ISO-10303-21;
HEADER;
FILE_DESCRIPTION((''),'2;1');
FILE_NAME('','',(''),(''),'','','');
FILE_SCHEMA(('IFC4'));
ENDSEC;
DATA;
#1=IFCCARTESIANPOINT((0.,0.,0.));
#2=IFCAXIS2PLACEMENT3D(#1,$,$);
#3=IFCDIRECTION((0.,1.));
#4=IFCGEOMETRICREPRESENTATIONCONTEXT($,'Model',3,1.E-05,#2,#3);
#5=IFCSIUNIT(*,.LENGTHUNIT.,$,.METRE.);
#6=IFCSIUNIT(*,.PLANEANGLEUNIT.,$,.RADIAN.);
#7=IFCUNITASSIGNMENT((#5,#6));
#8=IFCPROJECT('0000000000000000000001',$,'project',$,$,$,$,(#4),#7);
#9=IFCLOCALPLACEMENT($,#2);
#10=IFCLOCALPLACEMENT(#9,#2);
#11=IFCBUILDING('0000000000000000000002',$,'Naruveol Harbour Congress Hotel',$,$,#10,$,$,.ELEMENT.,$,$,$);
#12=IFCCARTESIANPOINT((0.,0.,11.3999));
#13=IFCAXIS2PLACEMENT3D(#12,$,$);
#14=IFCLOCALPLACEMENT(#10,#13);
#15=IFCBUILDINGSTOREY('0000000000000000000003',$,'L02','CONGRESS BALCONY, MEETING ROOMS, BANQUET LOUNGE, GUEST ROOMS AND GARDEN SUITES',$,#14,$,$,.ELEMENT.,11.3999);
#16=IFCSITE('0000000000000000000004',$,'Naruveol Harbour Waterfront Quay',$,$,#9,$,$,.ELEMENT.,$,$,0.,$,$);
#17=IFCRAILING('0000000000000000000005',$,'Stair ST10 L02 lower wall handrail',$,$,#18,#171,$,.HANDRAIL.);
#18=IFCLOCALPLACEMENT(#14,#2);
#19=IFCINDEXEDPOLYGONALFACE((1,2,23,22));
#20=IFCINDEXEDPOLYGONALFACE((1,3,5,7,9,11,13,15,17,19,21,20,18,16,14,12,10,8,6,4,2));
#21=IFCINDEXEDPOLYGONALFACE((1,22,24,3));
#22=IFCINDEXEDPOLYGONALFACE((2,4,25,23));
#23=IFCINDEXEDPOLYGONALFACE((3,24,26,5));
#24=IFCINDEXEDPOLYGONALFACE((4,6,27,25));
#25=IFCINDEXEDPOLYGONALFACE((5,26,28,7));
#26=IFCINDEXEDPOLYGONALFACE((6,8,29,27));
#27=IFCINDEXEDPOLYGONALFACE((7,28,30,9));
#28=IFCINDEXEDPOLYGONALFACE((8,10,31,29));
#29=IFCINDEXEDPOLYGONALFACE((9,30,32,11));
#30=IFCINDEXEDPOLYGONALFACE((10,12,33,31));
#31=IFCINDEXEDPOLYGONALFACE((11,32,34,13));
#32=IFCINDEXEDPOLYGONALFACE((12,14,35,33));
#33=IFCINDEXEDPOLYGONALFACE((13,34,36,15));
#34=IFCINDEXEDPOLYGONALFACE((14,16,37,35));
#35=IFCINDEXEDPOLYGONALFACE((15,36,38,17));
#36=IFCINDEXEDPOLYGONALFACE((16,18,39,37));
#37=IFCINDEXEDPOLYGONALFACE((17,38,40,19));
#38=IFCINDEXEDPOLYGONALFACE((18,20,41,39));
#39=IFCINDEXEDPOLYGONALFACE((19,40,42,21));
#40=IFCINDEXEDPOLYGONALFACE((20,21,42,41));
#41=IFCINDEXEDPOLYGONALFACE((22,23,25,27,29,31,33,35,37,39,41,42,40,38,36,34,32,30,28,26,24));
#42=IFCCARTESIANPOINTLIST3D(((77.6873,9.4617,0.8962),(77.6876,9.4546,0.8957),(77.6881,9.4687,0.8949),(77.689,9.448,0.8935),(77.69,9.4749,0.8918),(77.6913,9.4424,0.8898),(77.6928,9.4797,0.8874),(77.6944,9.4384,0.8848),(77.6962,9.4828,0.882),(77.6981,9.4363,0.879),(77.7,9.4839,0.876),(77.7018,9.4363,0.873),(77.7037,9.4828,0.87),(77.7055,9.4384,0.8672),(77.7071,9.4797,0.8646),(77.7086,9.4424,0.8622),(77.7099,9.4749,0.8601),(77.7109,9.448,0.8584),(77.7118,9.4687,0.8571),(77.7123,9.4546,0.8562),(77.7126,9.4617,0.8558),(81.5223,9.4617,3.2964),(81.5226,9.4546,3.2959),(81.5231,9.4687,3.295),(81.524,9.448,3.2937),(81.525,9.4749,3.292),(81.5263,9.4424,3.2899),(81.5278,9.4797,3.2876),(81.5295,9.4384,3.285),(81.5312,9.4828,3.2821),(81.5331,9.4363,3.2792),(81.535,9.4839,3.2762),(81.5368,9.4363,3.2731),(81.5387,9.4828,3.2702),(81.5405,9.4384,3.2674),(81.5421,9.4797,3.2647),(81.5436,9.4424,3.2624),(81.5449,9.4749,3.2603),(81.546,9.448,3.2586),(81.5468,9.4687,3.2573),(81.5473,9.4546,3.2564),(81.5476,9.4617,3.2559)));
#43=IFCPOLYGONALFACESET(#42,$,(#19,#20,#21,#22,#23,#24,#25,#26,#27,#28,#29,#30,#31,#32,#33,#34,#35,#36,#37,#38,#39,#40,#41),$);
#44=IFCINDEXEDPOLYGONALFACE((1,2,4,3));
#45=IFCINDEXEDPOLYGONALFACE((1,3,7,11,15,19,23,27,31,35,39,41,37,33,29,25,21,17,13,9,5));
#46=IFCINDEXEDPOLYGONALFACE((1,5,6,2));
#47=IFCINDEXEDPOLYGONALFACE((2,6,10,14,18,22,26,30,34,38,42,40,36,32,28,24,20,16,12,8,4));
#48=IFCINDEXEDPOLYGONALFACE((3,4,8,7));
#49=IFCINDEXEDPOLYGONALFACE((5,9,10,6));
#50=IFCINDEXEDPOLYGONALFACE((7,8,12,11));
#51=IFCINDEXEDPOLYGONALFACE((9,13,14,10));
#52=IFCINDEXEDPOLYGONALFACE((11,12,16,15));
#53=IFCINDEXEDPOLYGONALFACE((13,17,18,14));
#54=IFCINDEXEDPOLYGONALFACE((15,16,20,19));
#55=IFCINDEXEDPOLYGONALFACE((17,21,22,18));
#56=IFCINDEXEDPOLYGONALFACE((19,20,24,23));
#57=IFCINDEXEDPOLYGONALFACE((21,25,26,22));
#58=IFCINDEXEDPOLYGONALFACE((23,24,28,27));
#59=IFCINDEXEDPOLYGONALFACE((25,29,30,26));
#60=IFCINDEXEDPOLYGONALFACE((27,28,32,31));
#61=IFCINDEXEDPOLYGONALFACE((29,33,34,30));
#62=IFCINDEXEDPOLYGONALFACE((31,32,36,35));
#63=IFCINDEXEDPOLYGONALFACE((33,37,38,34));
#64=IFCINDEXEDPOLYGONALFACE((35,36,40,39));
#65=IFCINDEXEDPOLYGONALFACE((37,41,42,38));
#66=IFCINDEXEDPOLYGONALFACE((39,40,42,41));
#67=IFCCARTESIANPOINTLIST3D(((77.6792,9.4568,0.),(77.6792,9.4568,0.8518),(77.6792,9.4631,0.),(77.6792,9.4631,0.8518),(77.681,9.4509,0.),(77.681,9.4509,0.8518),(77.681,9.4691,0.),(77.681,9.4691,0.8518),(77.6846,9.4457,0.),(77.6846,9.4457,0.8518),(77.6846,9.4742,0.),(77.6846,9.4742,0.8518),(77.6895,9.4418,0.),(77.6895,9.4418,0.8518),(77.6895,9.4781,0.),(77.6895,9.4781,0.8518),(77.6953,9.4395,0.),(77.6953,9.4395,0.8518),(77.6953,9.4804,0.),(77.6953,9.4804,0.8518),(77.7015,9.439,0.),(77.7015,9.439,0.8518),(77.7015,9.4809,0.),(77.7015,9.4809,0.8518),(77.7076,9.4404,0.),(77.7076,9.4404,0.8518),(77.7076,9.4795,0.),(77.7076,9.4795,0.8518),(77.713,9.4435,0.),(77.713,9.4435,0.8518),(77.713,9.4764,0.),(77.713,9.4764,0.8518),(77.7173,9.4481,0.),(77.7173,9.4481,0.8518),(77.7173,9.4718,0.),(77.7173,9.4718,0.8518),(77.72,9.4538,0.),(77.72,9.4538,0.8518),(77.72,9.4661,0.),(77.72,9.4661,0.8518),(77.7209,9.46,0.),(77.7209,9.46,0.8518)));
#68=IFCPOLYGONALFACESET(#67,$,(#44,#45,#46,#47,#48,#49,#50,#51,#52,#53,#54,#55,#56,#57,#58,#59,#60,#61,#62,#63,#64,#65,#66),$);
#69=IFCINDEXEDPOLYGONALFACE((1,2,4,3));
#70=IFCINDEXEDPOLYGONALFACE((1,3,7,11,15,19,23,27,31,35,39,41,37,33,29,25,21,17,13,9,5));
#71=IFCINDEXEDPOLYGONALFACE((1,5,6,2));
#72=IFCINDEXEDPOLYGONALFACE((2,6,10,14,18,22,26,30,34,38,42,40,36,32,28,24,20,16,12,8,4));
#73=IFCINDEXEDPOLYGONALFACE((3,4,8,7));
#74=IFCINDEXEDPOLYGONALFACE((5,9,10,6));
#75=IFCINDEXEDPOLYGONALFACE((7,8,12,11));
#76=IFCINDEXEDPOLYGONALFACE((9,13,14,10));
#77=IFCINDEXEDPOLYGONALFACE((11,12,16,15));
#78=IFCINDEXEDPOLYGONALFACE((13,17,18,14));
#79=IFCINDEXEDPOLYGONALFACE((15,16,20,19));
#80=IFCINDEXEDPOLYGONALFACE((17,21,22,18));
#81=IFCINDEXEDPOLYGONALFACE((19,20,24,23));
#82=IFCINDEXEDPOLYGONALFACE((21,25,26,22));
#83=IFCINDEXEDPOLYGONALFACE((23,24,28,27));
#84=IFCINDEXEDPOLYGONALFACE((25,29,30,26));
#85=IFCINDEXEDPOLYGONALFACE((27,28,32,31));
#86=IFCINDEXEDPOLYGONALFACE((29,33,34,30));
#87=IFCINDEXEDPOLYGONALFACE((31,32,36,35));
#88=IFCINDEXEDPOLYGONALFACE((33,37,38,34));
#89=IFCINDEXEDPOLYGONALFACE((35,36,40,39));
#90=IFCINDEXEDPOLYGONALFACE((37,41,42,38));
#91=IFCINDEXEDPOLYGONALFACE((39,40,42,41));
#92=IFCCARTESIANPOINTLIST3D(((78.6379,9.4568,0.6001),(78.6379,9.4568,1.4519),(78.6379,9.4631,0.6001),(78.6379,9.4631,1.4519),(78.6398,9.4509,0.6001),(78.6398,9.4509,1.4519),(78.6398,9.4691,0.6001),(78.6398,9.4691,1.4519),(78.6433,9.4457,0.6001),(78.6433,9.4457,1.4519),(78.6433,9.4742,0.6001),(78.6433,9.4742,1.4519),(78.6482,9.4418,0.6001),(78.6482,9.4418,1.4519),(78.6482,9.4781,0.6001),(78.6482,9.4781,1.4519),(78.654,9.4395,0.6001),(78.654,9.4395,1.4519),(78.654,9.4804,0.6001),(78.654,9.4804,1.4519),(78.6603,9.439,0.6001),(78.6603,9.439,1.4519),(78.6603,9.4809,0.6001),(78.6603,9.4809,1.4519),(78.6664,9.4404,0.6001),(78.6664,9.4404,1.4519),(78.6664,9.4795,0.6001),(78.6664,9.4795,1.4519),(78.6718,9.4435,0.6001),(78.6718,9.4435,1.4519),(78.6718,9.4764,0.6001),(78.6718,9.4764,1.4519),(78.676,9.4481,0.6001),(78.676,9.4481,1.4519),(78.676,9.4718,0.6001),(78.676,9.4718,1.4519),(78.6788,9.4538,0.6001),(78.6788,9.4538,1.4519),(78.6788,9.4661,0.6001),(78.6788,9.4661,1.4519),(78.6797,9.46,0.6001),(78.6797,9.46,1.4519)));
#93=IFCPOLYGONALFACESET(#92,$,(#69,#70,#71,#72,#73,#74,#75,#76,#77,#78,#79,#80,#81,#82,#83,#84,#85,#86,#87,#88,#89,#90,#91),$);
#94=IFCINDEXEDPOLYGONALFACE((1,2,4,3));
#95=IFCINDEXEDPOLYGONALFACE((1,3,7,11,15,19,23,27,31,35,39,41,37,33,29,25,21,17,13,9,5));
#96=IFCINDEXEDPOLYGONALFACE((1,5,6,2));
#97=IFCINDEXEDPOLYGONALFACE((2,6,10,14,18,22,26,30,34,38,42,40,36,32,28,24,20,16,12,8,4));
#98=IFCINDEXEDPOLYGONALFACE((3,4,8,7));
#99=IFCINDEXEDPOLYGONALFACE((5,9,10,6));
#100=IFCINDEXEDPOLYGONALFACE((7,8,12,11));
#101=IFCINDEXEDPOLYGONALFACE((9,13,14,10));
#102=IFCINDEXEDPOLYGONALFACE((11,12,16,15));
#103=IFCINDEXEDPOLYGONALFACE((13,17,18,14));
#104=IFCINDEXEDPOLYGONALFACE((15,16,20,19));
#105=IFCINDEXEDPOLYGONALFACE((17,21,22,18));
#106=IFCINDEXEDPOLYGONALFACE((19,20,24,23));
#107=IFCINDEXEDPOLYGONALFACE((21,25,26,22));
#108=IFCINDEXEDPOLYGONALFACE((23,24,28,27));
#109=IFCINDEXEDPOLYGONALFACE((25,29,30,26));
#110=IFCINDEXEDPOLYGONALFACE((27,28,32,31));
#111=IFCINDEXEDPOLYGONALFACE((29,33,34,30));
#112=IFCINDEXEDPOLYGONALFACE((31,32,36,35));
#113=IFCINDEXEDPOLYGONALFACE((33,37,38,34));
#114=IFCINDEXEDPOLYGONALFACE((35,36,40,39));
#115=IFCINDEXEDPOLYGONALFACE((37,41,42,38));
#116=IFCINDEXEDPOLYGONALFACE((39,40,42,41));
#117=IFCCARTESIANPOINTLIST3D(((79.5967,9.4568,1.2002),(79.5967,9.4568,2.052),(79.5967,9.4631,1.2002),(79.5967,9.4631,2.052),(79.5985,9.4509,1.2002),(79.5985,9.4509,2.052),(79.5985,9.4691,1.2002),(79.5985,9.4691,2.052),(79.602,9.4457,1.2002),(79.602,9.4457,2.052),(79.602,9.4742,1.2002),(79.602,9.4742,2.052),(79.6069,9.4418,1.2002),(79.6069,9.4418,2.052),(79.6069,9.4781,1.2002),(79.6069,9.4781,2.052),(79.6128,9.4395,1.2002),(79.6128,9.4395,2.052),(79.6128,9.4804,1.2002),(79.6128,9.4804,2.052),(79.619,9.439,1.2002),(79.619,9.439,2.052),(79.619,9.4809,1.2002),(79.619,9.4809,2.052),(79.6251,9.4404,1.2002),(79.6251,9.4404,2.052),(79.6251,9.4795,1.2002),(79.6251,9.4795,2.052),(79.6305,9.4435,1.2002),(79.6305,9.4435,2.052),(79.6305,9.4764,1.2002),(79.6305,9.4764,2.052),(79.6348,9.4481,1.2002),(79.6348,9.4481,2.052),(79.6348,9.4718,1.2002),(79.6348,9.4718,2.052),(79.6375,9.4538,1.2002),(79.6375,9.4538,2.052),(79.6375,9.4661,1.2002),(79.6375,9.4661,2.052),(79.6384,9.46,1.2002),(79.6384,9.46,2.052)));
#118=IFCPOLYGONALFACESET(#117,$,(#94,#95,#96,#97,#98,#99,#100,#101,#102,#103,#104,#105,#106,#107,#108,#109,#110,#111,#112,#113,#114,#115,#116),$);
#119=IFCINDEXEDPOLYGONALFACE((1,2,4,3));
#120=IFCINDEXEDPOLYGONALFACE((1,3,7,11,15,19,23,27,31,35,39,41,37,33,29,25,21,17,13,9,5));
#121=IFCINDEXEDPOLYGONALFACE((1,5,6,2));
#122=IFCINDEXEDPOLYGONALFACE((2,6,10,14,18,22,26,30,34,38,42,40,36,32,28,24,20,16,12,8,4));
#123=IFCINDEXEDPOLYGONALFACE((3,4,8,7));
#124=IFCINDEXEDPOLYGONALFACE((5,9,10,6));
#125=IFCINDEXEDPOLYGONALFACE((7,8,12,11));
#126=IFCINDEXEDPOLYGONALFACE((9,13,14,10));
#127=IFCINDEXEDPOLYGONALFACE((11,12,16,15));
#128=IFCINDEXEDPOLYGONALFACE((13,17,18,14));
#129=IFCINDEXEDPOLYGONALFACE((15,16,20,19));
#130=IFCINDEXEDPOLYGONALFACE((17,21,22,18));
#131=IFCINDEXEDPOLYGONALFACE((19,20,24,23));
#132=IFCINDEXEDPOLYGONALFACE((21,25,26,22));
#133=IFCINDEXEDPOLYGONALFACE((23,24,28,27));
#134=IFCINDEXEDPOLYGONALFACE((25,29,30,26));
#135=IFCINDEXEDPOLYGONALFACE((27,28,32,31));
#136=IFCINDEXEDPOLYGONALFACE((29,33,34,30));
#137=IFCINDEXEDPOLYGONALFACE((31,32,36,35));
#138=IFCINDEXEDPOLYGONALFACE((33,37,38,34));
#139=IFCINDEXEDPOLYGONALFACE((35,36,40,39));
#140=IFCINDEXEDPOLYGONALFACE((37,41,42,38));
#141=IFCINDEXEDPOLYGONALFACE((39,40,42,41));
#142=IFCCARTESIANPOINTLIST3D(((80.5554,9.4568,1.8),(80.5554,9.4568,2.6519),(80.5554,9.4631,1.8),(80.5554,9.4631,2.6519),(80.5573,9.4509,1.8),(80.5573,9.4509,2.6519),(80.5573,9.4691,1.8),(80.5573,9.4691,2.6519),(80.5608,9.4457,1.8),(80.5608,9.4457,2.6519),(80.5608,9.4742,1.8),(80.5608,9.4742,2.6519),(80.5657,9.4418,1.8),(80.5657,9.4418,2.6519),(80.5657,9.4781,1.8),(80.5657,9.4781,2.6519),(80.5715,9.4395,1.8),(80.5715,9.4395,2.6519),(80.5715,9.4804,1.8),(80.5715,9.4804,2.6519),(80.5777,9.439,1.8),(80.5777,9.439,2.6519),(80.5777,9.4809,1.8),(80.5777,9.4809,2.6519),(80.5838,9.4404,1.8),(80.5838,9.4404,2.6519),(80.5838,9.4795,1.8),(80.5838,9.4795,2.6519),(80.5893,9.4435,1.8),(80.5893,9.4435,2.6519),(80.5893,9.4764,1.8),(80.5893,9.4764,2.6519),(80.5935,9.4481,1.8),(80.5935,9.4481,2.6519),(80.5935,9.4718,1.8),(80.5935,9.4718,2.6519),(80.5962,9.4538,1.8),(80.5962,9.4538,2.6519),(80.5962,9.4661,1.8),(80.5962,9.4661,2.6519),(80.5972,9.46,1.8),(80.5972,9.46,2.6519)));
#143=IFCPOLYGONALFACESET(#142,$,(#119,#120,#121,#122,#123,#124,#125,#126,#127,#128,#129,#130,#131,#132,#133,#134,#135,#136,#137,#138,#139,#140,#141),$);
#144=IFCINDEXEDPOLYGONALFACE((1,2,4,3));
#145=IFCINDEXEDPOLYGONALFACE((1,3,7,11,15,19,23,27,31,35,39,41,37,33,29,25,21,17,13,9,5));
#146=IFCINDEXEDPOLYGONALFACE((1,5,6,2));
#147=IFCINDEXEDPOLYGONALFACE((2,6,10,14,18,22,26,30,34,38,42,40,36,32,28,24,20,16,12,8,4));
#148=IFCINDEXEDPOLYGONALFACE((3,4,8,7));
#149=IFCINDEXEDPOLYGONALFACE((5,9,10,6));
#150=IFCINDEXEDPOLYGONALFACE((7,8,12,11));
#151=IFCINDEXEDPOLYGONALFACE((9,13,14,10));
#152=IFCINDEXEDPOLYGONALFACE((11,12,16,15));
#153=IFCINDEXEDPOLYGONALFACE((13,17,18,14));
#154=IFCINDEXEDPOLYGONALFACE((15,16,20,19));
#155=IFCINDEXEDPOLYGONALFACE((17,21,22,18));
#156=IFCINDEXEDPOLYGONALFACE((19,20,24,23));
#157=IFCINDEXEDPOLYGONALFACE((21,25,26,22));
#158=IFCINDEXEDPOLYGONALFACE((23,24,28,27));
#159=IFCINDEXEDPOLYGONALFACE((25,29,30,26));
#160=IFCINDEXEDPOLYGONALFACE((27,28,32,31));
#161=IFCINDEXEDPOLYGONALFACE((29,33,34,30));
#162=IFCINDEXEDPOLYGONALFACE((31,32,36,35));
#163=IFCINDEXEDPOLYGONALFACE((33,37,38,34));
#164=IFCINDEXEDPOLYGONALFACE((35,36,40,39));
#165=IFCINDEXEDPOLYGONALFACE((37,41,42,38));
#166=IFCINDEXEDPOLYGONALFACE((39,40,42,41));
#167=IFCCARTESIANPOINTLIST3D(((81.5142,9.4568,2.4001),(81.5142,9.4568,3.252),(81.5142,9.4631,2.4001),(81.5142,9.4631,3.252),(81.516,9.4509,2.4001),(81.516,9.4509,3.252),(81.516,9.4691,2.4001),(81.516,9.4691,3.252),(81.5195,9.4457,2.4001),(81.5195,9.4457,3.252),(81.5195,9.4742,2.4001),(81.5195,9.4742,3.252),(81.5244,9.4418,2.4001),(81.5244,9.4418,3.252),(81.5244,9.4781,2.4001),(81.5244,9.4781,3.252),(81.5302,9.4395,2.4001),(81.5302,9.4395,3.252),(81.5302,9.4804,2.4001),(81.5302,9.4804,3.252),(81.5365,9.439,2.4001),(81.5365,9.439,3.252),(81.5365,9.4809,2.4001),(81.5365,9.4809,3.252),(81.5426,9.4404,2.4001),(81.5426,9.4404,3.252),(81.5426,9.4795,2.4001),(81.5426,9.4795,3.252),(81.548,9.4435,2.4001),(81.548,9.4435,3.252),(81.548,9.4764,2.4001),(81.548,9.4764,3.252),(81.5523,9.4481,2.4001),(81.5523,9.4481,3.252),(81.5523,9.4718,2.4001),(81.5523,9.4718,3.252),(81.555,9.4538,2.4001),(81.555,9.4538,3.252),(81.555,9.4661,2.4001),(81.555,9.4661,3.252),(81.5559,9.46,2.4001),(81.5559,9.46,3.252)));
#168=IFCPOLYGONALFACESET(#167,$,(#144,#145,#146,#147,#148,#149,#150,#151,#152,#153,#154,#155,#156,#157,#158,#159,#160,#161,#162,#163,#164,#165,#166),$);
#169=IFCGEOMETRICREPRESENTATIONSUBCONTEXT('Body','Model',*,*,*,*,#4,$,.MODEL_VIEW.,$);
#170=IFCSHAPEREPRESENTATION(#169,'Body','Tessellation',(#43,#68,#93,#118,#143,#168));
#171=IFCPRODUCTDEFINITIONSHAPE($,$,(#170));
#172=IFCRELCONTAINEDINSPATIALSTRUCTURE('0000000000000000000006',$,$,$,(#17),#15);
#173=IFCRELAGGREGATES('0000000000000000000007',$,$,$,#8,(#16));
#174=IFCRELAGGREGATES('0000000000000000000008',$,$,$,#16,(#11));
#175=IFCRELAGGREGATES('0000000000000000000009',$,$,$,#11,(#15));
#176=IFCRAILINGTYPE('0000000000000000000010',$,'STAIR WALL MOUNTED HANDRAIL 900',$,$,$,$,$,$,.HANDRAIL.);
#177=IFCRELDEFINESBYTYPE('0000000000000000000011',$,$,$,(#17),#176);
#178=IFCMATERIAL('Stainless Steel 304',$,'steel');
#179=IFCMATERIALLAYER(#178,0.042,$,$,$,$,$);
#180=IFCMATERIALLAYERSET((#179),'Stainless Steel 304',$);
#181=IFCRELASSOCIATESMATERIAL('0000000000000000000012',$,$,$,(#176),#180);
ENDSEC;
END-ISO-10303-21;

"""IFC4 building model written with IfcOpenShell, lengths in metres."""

from ifc_helpers import new_model, si_unit, direction, frame, origin, origin_2d, place, context, subcontext, project, spatial, circle, extrude, material, layer, layer_set, type_object, element, save


model = new_model("IFC4")

# Units and contexts
model_context = context("Model", 3, precision=1e-05, world=origin(), true_north=direction((0.0, 1.0)))
body_context = subcontext(model_context, "Body", "Model", "MODEL_VIEW")
ifc_project = project(units=[si_unit("LENGTHUNIT", "METRE"), si_unit("PLANEANGLEUNIT", "RADIAN")], contexts=[model_context])

# Site, building, storey
site_placement = place(None, origin())
site = spatial("IfcSite", under=ifc_project, at=site_placement, Name="Naruveol Harbour Waterfront Quay", CompositionType="ELEMENT", RefElevation=0.0)
building_placement = place(site_placement, origin())
building = spatial("IfcBuilding", under=site, at=building_placement, Name="Naruveol Harbour Congress Hotel", CompositionType="ELEMENT")
storey_placement = place(building_placement, frame((0.0, 0.0, 11.3999)))
storey = spatial("IfcBuildingStorey", under=building, at=storey_placement, Name="L02", Description="CONGRESS BALCONY, MEETING ROOMS, BANQUET LOUNGE, GUEST ROOMS AND GARDEN SUITES", CompositionType="ELEMENT", Elevation=11.3999)

# Railing
ifc_material_1 = material(Name="Stainless Steel 304", Category="steel")
ifc_layer_1 = layer(ifc_material_1, 0.042)
ifc_layer_set_1 = layer_set([ifc_layer_1], Name="Stainless Steel 304")
railing_type_1 = type_object("IfcRailingType", Name="STAIR WALL MOUNTED HANDRAIL 900", PredefinedType="HANDRAIL", material=ifc_layer_set_1)
railing_1_placement = place(storey_placement, frame((77.7, 9.46, 0.0)))
element("IfcRailing", 1, at=railing_1_placement, inside=storey, type_object=railing_type_1, Name="Stair ST10 L02 lower wall handrail", PredefinedType="HANDRAIL", context=body_context, shape_type="SweptSolid", body=[
    extrude(circle(Radius=0.0239, at=origin_2d()), frame((0.0, 0.0, 0.876), z_axis=(0.847671, 0.0, 0.530523), x_axis=(0.0, 1.0, 0.0)), (0.0, 0.0, 1.0), 4.5242),
    extrude(circle(Radius=0.021, at=origin_2d()), origin(), (0.0, 0.0, 1.0), 0.8518),
    extrude(circle(Radius=0.021, at=origin_2d()), frame((0.9587, 0.0, 0.6001)), (0.0, 0.0, 1.0), 0.8518),
    extrude(circle(Radius=0.021, at=origin_2d()), frame((1.9175, 0.0, 1.2002)), (0.0, 0.0, 1.0), 0.8518),
    extrude(circle(Radius=0.021, at=origin_2d()), frame((2.8762, 0.0, 1.8)), (0.0, 0.0, 1.0), 0.8518),
    extrude(circle(Radius=0.021, at=origin_2d()), frame((3.835, 0.0, 2.4001)), (0.0, 0.0, 1.0), 0.8518),
])

save(model, "model.ifc")
